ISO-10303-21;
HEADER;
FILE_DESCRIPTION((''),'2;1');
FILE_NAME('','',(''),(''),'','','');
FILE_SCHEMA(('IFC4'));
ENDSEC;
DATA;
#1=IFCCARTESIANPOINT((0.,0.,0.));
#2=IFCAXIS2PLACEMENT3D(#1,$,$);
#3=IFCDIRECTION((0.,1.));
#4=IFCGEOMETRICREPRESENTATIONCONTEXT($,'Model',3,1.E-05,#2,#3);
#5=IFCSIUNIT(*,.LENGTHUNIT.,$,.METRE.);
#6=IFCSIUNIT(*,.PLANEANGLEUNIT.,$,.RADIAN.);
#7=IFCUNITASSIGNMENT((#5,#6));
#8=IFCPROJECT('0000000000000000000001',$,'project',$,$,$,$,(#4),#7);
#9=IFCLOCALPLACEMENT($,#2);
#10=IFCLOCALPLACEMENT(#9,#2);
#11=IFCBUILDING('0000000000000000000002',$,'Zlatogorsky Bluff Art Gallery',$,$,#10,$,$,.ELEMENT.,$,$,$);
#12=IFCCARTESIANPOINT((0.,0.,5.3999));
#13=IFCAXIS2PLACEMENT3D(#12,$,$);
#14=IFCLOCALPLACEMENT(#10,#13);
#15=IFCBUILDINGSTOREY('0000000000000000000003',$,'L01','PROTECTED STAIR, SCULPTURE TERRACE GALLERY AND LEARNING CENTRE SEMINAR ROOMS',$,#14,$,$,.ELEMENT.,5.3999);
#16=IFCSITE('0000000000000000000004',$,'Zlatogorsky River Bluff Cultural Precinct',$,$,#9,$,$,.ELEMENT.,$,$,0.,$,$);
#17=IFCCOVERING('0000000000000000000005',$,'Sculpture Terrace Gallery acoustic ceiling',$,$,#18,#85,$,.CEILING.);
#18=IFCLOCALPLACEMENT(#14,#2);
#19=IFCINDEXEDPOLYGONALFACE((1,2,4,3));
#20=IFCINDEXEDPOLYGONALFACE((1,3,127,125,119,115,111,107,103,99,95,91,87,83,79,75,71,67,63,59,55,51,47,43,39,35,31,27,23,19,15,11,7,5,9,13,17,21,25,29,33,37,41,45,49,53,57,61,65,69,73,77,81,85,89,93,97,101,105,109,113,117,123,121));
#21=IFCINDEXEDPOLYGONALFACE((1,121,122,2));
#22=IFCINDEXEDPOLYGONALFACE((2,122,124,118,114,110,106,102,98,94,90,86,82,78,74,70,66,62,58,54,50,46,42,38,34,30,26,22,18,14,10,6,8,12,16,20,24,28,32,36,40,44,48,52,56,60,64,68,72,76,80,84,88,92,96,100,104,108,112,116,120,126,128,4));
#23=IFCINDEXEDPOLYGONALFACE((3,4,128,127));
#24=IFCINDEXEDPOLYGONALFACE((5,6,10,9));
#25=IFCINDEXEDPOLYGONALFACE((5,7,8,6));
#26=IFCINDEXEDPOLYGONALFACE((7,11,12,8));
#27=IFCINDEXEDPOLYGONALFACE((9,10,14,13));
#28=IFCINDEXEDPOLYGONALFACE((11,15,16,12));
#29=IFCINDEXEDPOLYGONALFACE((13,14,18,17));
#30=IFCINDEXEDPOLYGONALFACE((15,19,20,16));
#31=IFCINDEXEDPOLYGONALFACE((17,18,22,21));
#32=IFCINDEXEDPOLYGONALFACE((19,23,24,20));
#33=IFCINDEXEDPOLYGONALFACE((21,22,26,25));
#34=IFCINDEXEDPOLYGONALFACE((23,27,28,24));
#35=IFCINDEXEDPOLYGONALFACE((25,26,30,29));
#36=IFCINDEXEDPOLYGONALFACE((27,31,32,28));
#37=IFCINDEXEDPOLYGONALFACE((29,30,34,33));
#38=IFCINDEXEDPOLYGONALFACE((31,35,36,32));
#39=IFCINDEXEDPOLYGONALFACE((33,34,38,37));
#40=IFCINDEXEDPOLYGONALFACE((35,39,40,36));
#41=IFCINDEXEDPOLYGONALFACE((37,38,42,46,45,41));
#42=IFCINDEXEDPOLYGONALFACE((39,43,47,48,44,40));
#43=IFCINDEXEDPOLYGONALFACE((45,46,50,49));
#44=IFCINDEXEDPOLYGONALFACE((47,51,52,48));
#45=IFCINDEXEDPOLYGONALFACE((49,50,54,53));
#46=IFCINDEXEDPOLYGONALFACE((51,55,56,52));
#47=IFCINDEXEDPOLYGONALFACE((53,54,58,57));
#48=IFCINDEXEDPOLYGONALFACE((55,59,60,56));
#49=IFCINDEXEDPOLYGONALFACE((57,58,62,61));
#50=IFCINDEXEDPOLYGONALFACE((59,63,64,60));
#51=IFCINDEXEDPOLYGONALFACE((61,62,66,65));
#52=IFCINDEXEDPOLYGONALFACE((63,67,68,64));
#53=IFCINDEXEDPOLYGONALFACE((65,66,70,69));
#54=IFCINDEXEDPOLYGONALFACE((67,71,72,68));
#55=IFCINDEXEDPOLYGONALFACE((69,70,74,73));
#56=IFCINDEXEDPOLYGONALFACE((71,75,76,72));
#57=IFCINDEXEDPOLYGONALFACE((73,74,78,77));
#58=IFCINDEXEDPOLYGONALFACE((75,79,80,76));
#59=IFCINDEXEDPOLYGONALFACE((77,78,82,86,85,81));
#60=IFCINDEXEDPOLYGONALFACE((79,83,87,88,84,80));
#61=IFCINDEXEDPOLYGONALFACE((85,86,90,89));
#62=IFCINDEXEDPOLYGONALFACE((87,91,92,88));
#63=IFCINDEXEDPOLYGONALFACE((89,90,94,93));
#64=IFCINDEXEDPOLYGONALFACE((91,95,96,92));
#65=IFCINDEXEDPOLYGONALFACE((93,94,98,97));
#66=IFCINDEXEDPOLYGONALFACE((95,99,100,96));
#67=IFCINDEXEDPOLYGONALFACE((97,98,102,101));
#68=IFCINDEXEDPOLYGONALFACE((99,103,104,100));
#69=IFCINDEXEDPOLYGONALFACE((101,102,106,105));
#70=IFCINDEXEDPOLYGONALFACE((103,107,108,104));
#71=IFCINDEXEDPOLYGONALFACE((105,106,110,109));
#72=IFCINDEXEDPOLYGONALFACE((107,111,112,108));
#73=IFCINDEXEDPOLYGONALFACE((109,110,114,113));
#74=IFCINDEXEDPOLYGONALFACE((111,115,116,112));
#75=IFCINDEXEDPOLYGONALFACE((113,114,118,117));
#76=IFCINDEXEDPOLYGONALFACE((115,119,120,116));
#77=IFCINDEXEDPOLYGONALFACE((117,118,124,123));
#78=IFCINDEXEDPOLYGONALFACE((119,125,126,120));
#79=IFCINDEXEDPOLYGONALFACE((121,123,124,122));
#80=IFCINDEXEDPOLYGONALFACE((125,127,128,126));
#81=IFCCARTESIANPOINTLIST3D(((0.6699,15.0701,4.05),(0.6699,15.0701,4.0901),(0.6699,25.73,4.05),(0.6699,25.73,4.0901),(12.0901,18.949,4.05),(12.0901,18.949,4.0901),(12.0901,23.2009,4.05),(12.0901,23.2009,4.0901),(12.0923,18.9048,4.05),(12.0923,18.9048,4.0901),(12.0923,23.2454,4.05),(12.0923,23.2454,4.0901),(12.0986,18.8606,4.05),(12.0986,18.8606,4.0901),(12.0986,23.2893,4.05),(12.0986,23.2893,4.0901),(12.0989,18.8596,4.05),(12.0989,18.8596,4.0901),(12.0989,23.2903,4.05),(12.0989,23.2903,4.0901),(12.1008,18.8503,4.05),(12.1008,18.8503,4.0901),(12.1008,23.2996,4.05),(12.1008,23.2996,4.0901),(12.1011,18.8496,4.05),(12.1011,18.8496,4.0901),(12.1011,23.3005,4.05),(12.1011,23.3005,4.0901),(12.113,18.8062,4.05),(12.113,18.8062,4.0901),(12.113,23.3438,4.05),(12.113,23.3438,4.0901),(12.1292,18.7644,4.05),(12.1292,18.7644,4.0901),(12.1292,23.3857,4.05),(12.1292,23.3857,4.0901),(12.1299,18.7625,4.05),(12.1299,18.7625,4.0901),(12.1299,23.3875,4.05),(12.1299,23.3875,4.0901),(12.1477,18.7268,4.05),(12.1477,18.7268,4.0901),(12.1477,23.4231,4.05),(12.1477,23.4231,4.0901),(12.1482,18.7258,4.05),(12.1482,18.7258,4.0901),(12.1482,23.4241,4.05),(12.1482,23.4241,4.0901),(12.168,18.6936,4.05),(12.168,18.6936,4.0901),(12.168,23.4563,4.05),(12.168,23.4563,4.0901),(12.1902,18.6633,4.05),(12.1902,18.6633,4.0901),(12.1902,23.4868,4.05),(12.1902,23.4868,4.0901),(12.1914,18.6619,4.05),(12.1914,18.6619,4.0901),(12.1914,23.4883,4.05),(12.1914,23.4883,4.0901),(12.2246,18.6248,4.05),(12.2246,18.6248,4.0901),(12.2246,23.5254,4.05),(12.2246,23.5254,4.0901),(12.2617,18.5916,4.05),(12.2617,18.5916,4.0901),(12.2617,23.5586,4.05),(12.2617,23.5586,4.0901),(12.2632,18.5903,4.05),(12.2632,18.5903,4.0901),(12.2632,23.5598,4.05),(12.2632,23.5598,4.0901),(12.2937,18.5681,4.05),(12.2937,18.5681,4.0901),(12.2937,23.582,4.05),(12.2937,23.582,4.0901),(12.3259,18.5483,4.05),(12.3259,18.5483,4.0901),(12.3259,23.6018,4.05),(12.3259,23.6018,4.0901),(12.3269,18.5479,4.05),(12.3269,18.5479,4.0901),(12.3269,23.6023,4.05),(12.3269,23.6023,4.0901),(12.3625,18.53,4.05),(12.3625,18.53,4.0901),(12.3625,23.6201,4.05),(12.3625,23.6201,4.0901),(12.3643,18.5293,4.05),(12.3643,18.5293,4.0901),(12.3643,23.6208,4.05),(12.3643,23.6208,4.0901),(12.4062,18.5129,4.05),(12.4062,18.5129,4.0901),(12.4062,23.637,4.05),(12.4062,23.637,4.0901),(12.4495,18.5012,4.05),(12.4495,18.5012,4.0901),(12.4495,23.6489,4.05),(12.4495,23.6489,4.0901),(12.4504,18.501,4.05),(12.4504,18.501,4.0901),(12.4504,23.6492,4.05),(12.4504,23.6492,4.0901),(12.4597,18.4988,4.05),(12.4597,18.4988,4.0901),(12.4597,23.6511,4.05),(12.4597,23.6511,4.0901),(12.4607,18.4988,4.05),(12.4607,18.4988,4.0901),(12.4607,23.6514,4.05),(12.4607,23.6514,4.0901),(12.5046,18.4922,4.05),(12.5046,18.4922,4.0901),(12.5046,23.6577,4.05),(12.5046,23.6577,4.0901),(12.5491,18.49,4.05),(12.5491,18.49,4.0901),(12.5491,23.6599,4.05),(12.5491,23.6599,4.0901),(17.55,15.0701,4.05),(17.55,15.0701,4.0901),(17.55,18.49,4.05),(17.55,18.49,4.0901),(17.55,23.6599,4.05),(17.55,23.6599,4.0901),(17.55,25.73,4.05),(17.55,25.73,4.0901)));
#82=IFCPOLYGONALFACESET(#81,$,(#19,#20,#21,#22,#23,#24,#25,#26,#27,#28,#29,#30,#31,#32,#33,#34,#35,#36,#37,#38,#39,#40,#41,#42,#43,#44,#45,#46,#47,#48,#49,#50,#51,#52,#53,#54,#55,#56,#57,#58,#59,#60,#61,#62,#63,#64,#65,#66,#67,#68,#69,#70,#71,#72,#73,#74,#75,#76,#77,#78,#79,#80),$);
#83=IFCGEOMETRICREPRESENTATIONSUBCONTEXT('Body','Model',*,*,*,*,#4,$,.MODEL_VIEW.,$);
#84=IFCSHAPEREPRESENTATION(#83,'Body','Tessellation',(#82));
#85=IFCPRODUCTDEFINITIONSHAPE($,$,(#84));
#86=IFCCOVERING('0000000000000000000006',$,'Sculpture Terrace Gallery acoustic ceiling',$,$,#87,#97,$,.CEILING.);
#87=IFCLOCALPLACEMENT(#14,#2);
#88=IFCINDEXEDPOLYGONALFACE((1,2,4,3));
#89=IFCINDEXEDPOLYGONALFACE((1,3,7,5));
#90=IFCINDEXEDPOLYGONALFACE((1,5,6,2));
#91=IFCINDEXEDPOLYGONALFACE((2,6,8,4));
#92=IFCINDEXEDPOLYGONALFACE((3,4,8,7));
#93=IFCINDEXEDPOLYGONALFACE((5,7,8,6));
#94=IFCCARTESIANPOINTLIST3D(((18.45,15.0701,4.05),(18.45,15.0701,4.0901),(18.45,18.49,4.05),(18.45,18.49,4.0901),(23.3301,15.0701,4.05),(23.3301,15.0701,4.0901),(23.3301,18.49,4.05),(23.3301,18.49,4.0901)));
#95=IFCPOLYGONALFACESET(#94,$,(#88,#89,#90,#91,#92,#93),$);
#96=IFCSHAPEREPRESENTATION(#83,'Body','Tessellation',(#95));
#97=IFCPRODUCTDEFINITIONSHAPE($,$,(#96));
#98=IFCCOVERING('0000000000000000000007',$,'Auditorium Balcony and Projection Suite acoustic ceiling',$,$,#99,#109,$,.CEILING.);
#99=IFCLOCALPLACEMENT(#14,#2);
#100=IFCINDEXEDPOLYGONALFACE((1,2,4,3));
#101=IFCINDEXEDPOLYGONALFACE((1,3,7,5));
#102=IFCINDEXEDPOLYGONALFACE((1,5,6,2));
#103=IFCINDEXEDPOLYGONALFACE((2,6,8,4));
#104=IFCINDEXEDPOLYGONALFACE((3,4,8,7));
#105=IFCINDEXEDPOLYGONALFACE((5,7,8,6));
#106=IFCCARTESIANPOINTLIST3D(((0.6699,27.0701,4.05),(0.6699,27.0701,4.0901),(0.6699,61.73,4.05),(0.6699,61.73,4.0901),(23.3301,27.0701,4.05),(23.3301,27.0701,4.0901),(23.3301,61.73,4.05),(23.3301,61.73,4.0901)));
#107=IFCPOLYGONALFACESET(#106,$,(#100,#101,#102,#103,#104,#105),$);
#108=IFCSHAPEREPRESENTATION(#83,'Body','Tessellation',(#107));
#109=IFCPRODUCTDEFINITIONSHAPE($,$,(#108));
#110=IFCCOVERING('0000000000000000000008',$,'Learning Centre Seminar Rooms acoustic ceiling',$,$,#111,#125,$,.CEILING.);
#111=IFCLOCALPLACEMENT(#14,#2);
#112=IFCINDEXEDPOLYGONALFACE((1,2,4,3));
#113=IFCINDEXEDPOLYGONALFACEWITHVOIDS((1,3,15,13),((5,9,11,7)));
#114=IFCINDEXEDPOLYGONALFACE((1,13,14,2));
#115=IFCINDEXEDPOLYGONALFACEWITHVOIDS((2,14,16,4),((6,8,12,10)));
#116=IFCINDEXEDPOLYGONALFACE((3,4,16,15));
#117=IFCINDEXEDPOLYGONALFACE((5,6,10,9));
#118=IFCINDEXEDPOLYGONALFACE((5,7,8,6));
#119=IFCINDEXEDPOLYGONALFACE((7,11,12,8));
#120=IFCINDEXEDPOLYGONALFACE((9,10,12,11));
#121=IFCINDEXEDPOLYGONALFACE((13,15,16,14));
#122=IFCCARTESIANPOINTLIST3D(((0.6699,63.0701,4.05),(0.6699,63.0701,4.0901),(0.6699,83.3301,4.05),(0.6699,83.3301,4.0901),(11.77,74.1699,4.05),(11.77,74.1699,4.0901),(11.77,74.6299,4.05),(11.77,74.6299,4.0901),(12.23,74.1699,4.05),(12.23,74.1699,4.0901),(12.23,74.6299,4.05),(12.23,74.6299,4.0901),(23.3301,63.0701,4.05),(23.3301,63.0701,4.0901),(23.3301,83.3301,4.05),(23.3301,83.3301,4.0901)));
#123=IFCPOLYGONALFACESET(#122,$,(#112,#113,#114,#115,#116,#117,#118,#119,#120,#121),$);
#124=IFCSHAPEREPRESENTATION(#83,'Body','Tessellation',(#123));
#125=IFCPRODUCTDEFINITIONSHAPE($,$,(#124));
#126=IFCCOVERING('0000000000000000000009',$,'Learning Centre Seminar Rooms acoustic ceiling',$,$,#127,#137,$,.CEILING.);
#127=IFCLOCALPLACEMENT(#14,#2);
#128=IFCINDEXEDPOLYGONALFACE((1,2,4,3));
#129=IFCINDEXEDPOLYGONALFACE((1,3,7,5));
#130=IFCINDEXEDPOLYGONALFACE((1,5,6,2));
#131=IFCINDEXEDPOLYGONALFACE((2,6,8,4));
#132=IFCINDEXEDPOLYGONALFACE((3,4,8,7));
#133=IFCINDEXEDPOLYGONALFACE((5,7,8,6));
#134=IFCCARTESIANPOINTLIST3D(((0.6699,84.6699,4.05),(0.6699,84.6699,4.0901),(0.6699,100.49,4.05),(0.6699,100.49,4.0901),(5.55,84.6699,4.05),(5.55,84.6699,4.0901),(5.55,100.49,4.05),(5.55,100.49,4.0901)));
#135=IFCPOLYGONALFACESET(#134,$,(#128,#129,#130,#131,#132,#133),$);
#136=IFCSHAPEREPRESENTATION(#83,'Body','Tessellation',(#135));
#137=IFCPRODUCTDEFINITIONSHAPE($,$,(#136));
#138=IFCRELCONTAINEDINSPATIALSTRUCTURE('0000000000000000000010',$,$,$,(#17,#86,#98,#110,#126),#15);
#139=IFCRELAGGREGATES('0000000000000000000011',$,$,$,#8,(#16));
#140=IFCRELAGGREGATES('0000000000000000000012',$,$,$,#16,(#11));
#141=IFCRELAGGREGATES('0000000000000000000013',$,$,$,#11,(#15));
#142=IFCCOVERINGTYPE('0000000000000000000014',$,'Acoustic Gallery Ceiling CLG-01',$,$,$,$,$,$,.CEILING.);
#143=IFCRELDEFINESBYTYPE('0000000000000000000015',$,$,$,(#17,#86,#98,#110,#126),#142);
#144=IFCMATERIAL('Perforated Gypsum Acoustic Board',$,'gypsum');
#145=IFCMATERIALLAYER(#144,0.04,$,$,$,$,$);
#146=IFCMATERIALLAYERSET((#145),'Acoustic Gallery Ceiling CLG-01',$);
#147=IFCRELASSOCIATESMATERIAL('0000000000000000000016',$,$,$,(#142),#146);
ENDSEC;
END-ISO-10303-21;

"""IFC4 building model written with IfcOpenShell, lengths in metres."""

from ifc_helpers import new_model, si_unit, direction, frame, origin, place, context, subcontext, project, spatial, polyline, outline, extrude, material, layer, layer_set, type_object, element, save


model = new_model("IFC4")

# Units and contexts
model_context = context("Model", 3, precision=1e-05, world=origin(), true_north=direction((0.0, 1.0)))
body_context = subcontext(model_context, "Body", "Model", "MODEL_VIEW")
ifc_project = project(units=[si_unit("LENGTHUNIT", "METRE"), si_unit("PLANEANGLEUNIT", "RADIAN")], contexts=[model_context])

# Site, building, storey
site_placement = place(None, origin())
site = spatial("IfcSite", under=ifc_project, at=site_placement, Name="Zlatogorsky River Bluff Cultural Precinct", CompositionType="ELEMENT", RefElevation=0.0)
building_placement = place(site_placement, origin())
building = spatial("IfcBuilding", under=site, at=building_placement, Name="Zlatogorsky Bluff Art Gallery", CompositionType="ELEMENT")
storey_placement = place(building_placement, frame((0.0, 0.0, 5.3999)))
storey = spatial("IfcBuildingStorey", under=building, at=storey_placement, Name="L01", Description="PROTECTED STAIR, SCULPTURE TERRACE GALLERY AND LEARNING CENTRE SEMINAR ROOMS", CompositionType="ELEMENT", Elevation=5.3999)

# Coverings
ifc_material_1 = material(Name="Perforated Gypsum Acoustic Board", Category="gypsum")
ifc_layer_1 = layer(ifc_material_1, 0.04)
ifc_layer_set_1 = layer_set([ifc_layer_1], Name="Acoustic Gallery Ceiling CLG-01")
covering_type_1 = type_object("IfcCoveringType", Name="Acoustic Gallery Ceiling CLG-01", PredefinedType="CEILING", material=ifc_layer_set_1)
covering_1_placement = place(storey_placement, frame((0.0, 0.0, 4.05)))
element("IfcCovering", 1, at=covering_1_placement, inside=storey, type_object=covering_type_1, Name="Sculpture Terrace Gallery acoustic ceiling", PredefinedType="CEILING", context=body_context, shape_type="SweptSolid", body=[
    extrude(outline(polyline([(17.55, 23.6599), (12.5491, 23.6599), (12.5046, 23.6577), (12.4607, 23.6514), (12.4597, 23.6511), (12.4504, 23.6492), (12.4495, 23.6489), (12.4062, 23.637), (12.3643, 23.6208), (12.3625, 23.6201), (12.3269, 23.6023), (12.3259, 23.6018), (12.2937, 23.582), (12.2632, 23.5598), (12.2617, 23.5586), (12.2246, 23.5254), (12.1914, 23.4883), (12.1902, 23.4868), (12.168, 23.4563), (12.1482, 23.4241), (12.1477, 23.4231), (12.1299, 23.3875), (12.1292, 23.3857), (12.113, 23.3438), (12.1011, 23.3005), (12.1008, 23.2996), (12.0989, 23.2903), (12.0986, 23.2893), (12.0923, 23.2454), (12.0901, 23.2009), (12.0901, 18.949), (12.0923, 18.9048), (12.0986, 18.8606), (12.0989, 18.8596), (12.1008, 18.8503), (12.1011, 18.8496), (12.113, 18.8062), (12.1292, 18.7644), (12.1299, 18.7625), (12.1477, 18.7268), (12.1482, 18.7258), (12.168, 18.6936), (12.1902, 18.6633), (12.1914, 18.6619), (12.2246, 18.6248), (12.2617, 18.5916), (12.2632, 18.5903), (12.2937, 18.5681), (12.3259, 18.5483), (12.3269, 18.5479), (12.3625, 18.53), (12.3643, 18.5293), (12.4062, 18.5129), (12.4495, 18.5012), (12.4504, 18.501), (12.4597, 18.4988), (12.4607, 18.4988), (12.5046, 18.4922), (12.5491, 18.49), (17.55, 18.49), (17.55, 15.0701), (0.6699, 15.0701), (0.6699, 25.73), (17.55, 25.73), (17.55, 23.6599)])), origin(), (0.0, 0.0, 1.0), 0.04),
])
covering_2_placement = place(storey_placement, frame((0.0, 0.0, 4.05)))
element("IfcCovering", 2, at=covering_2_placement, inside=storey, type_object=covering_type_1, Name="Sculpture Terrace Gallery acoustic ceiling", PredefinedType="CEILING", context=body_context, shape_type="SweptSolid", body=[
    extrude(outline(polyline([(23.3301, 15.0701), (18.45, 15.0701), (18.45, 18.49), (23.3301, 18.49), (23.3301, 15.0701)])), origin(), (0.0, 0.0, 1.0), 0.04),
])
covering_3_placement = place(storey_placement, frame((0.0, 0.0, 4.05)))
element("IfcCovering", 3, at=covering_3_placement, inside=storey, type_object=covering_type_1, Name="Auditorium Balcony and Projection Suite acoustic ceiling", PredefinedType="CEILING", context=body_context, shape_type="SweptSolid", body=[
    extrude(outline(polyline([(23.3301, 61.73), (23.3301, 27.0701), (0.6699, 27.0701), (0.6699, 61.73), (23.3301, 61.73)])), origin(), (0.0, 0.0, 1.0), 0.04),
])
covering_4_placement = place(storey_placement, frame((0.0, 0.0, 4.05)))
element("IfcCovering", 4, at=covering_4_placement, inside=storey, type_object=covering_type_1, Name="Learning Centre Seminar Rooms acoustic ceiling", PredefinedType="CEILING", context=body_context, shape_type="SweptSolid", body=[
    extrude(outline(polyline([(23.3301, 83.3301), (23.3301, 63.0701), (0.6699, 63.0701), (0.6699, 83.3301), (23.3301, 83.3301)]), holes=[polyline([(11.77, 74.6299), (11.77, 74.1699), (12.23, 74.1699), (12.23, 74.6299), (11.77, 74.6299)])]), origin(), (0.0, 0.0, 1.0), 0.04),
])
covering_5_placement = place(storey_placement, frame((0.0, 0.0, 4.05)))
element("IfcCovering", 5, at=covering_5_placement, inside=storey, type_object=covering_type_1, Name="Learning Centre Seminar Rooms acoustic ceiling", PredefinedType="CEILING", context=body_context, shape_type="SweptSolid", body=[
    extrude(outline(polyline([(0.6699, 100.49), (5.55, 100.49), (5.55, 84.6699), (0.6699, 84.6699), (0.6699, 100.49)])), origin(), (0.0, 0.0, 1.0), 0.04),
])

save(model, "model.ifc")
